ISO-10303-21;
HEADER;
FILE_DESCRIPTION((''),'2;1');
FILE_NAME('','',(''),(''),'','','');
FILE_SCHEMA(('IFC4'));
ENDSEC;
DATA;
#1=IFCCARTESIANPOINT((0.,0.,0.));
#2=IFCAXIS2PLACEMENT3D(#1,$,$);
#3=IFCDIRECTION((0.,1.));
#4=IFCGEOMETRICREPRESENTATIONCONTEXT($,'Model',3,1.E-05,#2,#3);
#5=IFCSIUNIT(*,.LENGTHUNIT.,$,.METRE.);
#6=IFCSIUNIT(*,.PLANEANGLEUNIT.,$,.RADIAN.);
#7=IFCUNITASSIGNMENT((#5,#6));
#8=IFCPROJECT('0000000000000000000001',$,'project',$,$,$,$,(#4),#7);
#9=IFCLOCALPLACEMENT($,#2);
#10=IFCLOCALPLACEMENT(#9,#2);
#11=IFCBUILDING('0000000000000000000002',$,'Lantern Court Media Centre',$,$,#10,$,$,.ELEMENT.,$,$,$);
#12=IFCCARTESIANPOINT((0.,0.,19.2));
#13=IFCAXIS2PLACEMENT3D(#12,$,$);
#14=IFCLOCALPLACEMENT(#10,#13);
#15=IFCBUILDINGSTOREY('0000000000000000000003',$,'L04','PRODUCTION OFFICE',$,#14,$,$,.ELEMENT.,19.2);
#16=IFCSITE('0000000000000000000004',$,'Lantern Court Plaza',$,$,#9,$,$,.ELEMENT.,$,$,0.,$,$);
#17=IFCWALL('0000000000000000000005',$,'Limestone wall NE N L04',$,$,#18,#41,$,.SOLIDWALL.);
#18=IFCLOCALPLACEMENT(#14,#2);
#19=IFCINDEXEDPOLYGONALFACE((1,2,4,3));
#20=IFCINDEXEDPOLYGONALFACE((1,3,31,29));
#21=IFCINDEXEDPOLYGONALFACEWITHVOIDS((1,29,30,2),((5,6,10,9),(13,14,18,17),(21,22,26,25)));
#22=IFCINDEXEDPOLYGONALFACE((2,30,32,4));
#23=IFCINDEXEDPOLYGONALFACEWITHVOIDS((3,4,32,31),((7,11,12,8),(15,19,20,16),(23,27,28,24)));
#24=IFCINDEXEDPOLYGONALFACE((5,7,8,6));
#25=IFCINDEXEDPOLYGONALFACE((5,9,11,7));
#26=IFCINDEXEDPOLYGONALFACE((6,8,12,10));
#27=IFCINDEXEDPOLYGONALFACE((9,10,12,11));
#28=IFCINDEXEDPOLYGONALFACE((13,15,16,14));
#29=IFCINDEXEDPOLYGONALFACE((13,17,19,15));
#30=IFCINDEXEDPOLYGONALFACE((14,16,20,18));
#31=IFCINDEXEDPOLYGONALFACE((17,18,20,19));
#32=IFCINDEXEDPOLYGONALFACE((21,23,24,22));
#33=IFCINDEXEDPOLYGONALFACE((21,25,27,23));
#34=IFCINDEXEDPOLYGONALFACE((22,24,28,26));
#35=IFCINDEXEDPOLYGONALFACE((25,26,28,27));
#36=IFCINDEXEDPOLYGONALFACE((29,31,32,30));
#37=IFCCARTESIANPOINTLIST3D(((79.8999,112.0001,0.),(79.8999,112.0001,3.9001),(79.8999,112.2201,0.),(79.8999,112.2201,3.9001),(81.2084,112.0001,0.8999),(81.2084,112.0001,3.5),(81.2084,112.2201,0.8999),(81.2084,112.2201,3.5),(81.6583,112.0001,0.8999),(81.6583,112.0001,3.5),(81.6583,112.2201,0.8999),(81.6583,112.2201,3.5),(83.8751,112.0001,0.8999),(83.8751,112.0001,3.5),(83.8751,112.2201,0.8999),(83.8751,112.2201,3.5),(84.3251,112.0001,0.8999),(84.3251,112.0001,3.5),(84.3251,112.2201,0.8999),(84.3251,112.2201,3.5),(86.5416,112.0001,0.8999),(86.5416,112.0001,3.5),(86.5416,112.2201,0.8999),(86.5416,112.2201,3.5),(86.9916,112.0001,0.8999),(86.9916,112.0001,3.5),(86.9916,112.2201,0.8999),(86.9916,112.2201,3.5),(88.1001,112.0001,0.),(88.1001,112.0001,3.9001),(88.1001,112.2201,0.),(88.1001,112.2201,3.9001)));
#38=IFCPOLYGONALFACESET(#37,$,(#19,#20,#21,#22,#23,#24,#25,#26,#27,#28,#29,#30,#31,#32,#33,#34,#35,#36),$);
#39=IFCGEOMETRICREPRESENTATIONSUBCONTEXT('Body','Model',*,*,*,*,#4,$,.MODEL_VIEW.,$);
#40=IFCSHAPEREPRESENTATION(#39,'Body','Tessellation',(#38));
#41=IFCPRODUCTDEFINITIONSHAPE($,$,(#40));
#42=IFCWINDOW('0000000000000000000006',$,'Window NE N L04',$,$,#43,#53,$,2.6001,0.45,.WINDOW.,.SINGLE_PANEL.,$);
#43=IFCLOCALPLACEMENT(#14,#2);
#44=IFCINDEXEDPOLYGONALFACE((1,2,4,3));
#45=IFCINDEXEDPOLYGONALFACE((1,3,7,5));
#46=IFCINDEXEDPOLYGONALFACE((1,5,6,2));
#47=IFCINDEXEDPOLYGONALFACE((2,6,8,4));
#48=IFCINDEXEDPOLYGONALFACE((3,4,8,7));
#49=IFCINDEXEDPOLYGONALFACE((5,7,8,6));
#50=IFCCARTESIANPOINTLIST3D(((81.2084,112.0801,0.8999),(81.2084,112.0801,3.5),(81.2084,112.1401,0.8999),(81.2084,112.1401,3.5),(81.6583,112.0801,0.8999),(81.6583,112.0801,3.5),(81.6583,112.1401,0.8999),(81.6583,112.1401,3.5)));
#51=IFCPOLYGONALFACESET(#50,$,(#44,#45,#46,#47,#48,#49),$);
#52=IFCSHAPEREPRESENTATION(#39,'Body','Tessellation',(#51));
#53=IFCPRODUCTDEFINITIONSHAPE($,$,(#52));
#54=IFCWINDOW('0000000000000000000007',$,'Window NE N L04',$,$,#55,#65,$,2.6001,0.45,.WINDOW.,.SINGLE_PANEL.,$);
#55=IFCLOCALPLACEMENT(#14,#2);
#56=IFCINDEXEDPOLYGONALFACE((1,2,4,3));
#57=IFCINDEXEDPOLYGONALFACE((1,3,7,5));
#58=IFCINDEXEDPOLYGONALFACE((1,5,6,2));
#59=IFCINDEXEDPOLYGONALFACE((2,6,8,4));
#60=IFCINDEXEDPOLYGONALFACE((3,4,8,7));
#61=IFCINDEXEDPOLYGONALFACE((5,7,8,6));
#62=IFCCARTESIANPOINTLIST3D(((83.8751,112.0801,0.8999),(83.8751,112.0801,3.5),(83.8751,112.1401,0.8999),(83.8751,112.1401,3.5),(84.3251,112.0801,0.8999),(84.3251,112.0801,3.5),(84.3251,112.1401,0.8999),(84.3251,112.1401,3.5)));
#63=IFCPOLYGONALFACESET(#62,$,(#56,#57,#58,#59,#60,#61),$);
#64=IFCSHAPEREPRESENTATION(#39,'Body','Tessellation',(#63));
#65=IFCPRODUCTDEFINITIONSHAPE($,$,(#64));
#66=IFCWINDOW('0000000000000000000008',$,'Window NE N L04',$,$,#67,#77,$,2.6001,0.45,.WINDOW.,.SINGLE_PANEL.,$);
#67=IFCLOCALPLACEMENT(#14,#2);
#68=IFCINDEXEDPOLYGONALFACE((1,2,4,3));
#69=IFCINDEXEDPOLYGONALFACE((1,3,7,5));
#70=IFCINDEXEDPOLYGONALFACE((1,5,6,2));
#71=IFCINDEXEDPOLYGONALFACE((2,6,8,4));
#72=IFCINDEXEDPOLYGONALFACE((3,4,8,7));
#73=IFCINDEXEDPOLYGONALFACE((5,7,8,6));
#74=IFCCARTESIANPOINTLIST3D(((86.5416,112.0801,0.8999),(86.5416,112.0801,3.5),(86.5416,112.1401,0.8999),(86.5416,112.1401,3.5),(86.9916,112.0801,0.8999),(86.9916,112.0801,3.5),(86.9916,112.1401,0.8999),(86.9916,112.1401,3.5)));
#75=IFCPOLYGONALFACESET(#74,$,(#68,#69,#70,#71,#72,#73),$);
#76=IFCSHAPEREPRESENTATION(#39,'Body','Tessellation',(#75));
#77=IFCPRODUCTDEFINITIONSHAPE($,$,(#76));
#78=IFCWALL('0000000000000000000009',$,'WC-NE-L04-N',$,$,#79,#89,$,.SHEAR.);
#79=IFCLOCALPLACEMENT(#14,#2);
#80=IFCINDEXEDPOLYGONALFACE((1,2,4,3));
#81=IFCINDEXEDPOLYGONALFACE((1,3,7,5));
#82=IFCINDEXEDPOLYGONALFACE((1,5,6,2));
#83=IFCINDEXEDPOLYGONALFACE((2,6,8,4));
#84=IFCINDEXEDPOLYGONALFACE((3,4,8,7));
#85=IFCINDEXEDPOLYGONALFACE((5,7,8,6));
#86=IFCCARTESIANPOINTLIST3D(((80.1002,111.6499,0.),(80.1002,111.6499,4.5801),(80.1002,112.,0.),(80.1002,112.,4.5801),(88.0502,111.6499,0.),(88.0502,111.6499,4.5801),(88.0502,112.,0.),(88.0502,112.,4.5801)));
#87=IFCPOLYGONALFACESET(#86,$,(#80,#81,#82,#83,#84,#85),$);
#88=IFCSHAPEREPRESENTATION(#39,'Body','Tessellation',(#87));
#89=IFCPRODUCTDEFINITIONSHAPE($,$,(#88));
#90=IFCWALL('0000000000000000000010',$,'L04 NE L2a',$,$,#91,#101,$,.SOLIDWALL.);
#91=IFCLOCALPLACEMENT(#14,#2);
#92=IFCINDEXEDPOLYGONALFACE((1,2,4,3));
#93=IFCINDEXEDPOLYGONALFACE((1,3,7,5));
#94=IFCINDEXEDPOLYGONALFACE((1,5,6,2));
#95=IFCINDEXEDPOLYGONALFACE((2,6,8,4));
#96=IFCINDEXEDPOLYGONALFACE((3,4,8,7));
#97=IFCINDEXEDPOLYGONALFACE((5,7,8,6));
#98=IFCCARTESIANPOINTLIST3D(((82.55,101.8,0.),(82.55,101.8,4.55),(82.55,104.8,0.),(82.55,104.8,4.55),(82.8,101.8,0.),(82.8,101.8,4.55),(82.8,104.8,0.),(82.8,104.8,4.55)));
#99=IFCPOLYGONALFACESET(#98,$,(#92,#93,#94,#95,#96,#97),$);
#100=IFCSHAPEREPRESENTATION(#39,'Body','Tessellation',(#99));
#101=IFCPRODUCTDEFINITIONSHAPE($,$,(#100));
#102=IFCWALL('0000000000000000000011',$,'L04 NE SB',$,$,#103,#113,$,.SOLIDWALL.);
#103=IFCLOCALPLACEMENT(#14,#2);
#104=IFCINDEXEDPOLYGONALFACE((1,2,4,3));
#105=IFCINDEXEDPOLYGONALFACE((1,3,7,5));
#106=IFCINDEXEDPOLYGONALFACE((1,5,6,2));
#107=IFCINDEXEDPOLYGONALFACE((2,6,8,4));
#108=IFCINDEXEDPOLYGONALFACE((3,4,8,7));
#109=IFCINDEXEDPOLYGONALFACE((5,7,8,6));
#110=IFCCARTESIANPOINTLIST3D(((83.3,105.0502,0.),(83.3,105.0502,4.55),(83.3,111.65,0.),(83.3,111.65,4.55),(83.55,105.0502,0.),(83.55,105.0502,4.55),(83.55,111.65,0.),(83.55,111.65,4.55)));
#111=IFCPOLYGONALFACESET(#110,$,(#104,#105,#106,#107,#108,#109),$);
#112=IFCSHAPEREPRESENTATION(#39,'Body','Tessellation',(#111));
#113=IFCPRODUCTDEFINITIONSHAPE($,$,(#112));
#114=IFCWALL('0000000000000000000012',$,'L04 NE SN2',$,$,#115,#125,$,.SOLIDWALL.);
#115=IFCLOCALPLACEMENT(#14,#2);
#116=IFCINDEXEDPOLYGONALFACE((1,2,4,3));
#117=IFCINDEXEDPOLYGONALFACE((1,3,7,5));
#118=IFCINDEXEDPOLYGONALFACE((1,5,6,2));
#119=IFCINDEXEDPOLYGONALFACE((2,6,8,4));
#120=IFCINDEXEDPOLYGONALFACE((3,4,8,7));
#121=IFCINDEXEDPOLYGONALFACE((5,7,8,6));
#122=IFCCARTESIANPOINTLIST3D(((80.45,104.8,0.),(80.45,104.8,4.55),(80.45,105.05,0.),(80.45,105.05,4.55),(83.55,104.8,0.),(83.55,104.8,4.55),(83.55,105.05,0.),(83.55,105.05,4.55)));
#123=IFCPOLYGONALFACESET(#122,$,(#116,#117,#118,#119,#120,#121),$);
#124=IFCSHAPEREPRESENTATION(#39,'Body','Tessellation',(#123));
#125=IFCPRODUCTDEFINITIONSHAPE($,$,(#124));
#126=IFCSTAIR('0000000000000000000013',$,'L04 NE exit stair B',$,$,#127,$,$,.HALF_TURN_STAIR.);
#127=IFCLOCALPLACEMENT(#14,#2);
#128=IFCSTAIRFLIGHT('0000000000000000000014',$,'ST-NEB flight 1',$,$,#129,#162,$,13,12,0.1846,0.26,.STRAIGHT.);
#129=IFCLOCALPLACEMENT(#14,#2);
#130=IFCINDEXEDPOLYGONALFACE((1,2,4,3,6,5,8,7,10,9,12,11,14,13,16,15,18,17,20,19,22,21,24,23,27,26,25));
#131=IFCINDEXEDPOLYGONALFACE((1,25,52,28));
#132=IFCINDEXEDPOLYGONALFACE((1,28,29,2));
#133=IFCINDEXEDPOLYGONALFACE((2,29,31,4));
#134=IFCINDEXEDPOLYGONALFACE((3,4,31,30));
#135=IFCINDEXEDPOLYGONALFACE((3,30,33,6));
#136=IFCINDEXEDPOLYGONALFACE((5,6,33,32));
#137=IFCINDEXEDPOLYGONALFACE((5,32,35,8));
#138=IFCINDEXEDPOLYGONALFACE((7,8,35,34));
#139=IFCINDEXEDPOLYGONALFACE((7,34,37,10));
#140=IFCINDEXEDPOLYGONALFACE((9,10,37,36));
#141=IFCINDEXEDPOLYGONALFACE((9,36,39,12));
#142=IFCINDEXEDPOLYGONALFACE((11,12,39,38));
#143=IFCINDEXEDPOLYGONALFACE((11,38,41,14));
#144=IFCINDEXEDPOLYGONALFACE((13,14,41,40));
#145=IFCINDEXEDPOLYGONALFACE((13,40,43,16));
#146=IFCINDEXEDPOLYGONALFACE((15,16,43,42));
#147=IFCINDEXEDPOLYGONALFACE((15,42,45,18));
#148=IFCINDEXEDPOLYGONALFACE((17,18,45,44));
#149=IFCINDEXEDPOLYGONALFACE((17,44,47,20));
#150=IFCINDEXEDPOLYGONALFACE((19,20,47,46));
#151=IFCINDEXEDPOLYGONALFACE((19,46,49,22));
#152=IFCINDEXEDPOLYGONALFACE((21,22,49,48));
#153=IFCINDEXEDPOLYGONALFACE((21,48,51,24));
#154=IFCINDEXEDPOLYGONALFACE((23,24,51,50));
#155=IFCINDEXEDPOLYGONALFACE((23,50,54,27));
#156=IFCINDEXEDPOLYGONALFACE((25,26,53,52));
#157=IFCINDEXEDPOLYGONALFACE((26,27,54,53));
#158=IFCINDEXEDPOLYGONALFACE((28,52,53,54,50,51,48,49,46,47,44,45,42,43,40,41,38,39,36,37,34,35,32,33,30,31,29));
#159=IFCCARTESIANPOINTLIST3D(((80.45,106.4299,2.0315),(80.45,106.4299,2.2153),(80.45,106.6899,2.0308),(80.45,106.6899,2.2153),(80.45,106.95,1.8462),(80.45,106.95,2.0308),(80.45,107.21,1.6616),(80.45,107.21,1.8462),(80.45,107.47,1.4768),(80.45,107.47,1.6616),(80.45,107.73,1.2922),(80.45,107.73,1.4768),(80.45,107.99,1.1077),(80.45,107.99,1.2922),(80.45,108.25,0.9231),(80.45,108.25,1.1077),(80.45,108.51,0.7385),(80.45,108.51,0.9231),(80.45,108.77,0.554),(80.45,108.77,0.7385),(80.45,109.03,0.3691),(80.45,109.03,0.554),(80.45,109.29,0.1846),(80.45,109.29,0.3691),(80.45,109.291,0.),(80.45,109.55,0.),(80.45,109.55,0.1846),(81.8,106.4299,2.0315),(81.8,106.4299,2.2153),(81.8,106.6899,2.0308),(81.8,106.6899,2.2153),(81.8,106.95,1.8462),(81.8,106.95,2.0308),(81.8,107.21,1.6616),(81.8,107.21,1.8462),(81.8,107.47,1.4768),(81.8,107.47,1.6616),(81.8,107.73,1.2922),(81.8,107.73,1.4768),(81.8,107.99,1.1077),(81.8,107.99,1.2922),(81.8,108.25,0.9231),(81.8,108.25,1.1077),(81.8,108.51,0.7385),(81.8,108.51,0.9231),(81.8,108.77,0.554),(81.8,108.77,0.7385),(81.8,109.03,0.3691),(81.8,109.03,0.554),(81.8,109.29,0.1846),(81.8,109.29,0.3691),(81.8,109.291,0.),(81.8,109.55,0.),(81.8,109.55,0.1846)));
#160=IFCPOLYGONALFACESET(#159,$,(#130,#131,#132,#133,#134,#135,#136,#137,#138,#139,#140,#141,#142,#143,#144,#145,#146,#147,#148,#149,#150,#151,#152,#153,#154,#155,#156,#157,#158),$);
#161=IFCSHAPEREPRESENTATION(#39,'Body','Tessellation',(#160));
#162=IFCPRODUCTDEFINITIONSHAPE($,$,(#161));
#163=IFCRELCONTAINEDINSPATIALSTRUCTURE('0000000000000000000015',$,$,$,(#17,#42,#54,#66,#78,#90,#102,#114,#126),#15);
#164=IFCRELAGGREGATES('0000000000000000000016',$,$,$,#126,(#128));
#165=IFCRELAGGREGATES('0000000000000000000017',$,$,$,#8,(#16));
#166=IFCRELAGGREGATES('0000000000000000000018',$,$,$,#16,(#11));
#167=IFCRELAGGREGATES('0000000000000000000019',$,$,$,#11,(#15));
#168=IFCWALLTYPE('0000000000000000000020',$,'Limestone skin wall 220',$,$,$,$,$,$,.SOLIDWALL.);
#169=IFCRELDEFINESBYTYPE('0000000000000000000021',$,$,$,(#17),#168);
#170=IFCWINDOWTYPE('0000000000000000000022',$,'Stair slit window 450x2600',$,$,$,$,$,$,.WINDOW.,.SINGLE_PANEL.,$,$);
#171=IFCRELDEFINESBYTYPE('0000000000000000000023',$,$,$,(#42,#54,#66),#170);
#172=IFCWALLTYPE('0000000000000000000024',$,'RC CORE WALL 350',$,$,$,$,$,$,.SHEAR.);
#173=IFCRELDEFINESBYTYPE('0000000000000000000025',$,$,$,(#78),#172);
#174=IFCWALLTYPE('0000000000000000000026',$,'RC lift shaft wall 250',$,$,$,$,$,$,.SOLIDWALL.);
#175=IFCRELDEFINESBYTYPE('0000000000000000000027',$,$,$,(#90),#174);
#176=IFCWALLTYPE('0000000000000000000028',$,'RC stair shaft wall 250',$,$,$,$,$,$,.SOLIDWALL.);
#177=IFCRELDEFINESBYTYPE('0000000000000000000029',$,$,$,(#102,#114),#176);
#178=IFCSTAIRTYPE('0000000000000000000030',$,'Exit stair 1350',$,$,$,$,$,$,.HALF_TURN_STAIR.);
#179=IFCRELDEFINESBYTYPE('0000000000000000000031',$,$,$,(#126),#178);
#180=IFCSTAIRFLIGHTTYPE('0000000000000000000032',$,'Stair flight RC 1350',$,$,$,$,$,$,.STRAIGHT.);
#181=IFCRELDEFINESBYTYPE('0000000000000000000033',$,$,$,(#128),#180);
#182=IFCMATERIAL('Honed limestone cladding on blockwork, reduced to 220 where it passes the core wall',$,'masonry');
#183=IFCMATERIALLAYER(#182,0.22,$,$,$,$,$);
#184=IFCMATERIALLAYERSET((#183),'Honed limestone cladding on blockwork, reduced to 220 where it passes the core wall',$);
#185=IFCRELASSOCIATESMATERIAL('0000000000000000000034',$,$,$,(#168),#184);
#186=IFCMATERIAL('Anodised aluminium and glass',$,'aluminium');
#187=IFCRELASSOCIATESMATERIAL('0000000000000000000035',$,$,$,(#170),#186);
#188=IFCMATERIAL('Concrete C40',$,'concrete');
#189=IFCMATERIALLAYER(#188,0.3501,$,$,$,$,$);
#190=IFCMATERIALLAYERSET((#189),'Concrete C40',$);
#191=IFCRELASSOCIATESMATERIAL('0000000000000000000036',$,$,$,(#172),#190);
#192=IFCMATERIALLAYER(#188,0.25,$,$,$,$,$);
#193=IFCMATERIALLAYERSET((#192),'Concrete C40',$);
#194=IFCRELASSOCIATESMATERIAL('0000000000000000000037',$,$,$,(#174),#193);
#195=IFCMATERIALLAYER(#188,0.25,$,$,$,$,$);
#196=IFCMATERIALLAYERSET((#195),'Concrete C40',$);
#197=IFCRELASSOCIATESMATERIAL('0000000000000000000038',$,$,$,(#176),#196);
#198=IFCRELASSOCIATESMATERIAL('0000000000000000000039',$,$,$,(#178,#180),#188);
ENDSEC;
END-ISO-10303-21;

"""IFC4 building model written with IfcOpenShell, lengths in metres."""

from ifc_helpers import new_model, si_unit, direction, frame, frame_2d, origin, place, context, subcontext, project, spatial, polyline, rectangle, outline, extrude, material, layer, layer_set, type_object, element, fill, aggregate, save


model = new_model("IFC4")

# Units and contexts
model_context = context("Model", 3, precision=1e-05, world=origin(), true_north=direction((0.0, 1.0)))
body_context = subcontext(model_context, "Body", "Model", "MODEL_VIEW")
ifc_project = project(units=[si_unit("LENGTHUNIT", "METRE"), si_unit("PLANEANGLEUNIT", "RADIAN")], contexts=[model_context])

# Site, building, storey
site_placement = place(None, origin())
site = spatial("IfcSite", under=ifc_project, at=site_placement, Name="Lantern Court Plaza", CompositionType="ELEMENT", RefElevation=0.0)
building_placement = place(site_placement, origin())
building = spatial("IfcBuilding", under=site, at=building_placement, Name="Lantern Court Media Centre", CompositionType="ELEMENT")
storey_placement = place(building_placement, frame((0.0, 0.0, 19.2)))
storey = spatial("IfcBuildingStorey", under=building, at=storey_placement, Name="L04", Description="PRODUCTION OFFICE", CompositionType="ELEMENT", Elevation=19.2)

# Wall, openings, windows
ifc_material_1 = material(Name="Honed limestone cladding on blockwork, reduced to 220 where it passes the core wall", Category="masonry")
ifc_layer_1 = layer(ifc_material_1, 0.22)
ifc_layer_set_1 = layer_set([ifc_layer_1], Name="Honed limestone cladding on blockwork, reduced to 220 where it passes the core wall")
wall_type_1 = type_object("IfcWallType", Name="Limestone skin wall 220", PredefinedType="SOLIDWALL", material=ifc_layer_set_1)
wall_1_placement = place(storey_placement, frame((79.8999, 112.1101, 0.0), z_axis=(0.0, 0.0, 1.0), x_axis=(1.0, 0.0, 0.0)))
wall_1 = element("IfcWall", 1, at=wall_1_placement, inside=storey, type_object=wall_type_1, Name="Limestone wall NE N L04", PredefinedType="SOLIDWALL", context=body_context, shape_type="SweptSolid", body=[
    extrude(rectangle(XDim=8.2002, YDim=0.22, at=frame_2d((4.1001, 0.0))), origin(), (0.0, 0.0, 1.0), 3.9001),
])
opening_1_placement = place(wall_1_placement, frame((1.3083, 0.0, 0.8999)))
opening_1 = element("IfcOpeningElement", 2, at=opening_1_placement, cuts=wall_1, PredefinedType="OPENING", context=body_context, shape_type="SweptSolid", body=[
    extrude(rectangle(XDim=0.45, YDim=2.6001, at=frame_2d((0.2251, 1.3))), frame((0.0, 0.1199, 0.0), z_axis=(0.0, -1.0, 0.0), x_axis=(1.0, 0.0, 0.0)), (0.0, 0.0, 1.0), 0.24),
])
opening_2_placement = place(wall_1_placement, frame((3.9751, 0.0, 0.8999)))
opening_2 = element("IfcOpeningElement", 3, at=opening_2_placement, cuts=wall_1, PredefinedType="OPENING", context=body_context, shape_type="SweptSolid", body=[
    extrude(rectangle(XDim=0.45, YDim=2.6001, at=frame_2d((0.2251, 1.3))), frame((0.0, 0.1199, 0.0), z_axis=(0.0, -1.0, 0.0), x_axis=(1.0, 0.0, 0.0)), (0.0, 0.0, 1.0), 0.24),
])
opening_3_placement = place(wall_1_placement, frame((6.6416, 0.0, 0.8999)))
opening_3 = element("IfcOpeningElement", 4, at=opening_3_placement, cuts=wall_1, PredefinedType="OPENING", context=body_context, shape_type="SweptSolid", body=[
    extrude(rectangle(XDim=0.45, YDim=2.6001, at=frame_2d((0.2251, 1.3))), frame((0.0, 0.1199, 0.0), z_axis=(0.0, -1.0, 0.0), x_axis=(1.0, 0.0, 0.0)), (0.0, 0.0, 1.0), 0.24),
])
ifc_material_2 = material(Name="Anodised aluminium and glass", Category="aluminium")
window_type = type_object("IfcWindowType", Name="Stair slit window 450x2600", PartitioningType="SINGLE_PANEL", PredefinedType="WINDOW", material=ifc_material_2)
window_1_placement = place(opening_1_placement, origin())
window_1 = element("IfcWindow", 5, at=window_1_placement, inside=storey, type_object=window_type, Name="Window NE N L04", OverallHeight=2.6001, OverallWidth=0.45, PartitioningType="SINGLE_PANEL", PredefinedType="WINDOW", context=body_context, shape_type="SweptSolid", body=[
    extrude(rectangle(XDim=0.45, YDim=2.6001, at=frame_2d((0.2251, 1.3))), frame((0.0, 0.03, 0.0), z_axis=(0.0, -1.0, 0.0), x_axis=(1.0, 0.0, 0.0)), (0.0, 0.0, 1.0), 0.0601),
])
fill(opening_1, window_1)
window_2_placement = place(opening_2_placement, origin())
window_2 = element("IfcWindow", 6, at=window_2_placement, inside=storey, type_object=window_type, Name="Window NE N L04", OverallHeight=2.6001, OverallWidth=0.45, PartitioningType="SINGLE_PANEL", PredefinedType="WINDOW", context=body_context, shape_type="SweptSolid", body=[
    extrude(rectangle(XDim=0.45, YDim=2.6001, at=frame_2d((0.2251, 1.3))), frame((0.0, 0.03, 0.0), z_axis=(0.0, -1.0, 0.0), x_axis=(1.0, 0.0, 0.0)), (0.0, 0.0, 1.0), 0.0601),
])
fill(opening_2, window_2)
window_3_placement = place(opening_3_placement, origin())
window_3 = element("IfcWindow", 7, at=window_3_placement, inside=storey, type_object=window_type, Name="Window NE N L04", OverallHeight=2.6001, OverallWidth=0.45, PartitioningType="SINGLE_PANEL", PredefinedType="WINDOW", context=body_context, shape_type="SweptSolid", body=[
    extrude(rectangle(XDim=0.45, YDim=2.6001, at=frame_2d((0.2251, 1.3))), frame((0.0, 0.03, 0.0), z_axis=(0.0, -1.0, 0.0), x_axis=(1.0, 0.0, 0.0)), (0.0, 0.0, 1.0), 0.0601),
])
fill(opening_3, window_3)

# Walls
ifc_material_3 = material(Name="Concrete C40", Category="concrete")
ifc_layer_2 = layer(ifc_material_3, 0.3501)
ifc_layer_set_2 = layer_set([ifc_layer_2], Name="Concrete C40")
wall_type_2 = type_object("IfcWallType", Name="RC CORE WALL 350", PredefinedType="SHEAR", material=ifc_layer_set_2)
wall_2_placement = place(storey_placement, frame((80.1001, 111.825, 0.0), z_axis=(0.0, 0.0, 1.0), x_axis=(1.0, 0.0, 0.0)))
element("IfcWall", 8, at=wall_2_placement, inside=storey, type_object=wall_type_2, Name="WC-NE-L04-N", PredefinedType="SHEAR", context=body_context, shape_type="SweptSolid", body=[
    extrude(rectangle(XDim=7.95, YDim=0.3501, at=frame_2d((3.9751, 0.0))), origin(), (0.0, 0.0, 1.0), 4.5801),
])
ifc_layer_3 = layer(ifc_material_3, 0.25)
ifc_layer_set_3 = layer_set([ifc_layer_3], Name="Concrete C40")
wall_type_3 = type_object("IfcWallType", Name="RC lift shaft wall 250", PredefinedType="SOLIDWALL", material=ifc_layer_set_3)
wall_3_placement = place(storey_placement, frame((82.675, 104.8, 0.0), z_axis=(0.0, 0.0, 1.0), x_axis=(0.0, -1.0, 0.0)))
element("IfcWall", 9, at=wall_3_placement, inside=storey, type_object=wall_type_3, Name="L04 NE L2a", PredefinedType="SOLIDWALL", context=body_context, shape_type="SweptSolid", body=[
    extrude(rectangle(XDim=3.0, YDim=0.25, at=frame_2d((1.5, 0.0))), origin(), (0.0, 0.0, 1.0), 4.55),
])
ifc_layer_4 = layer(ifc_material_3, 0.25)
ifc_layer_set_4 = layer_set([ifc_layer_4], Name="Concrete C40")
wall_type_4 = type_object("IfcWallType", Name="RC stair shaft wall 250", PredefinedType="SOLIDWALL", material=ifc_layer_set_4)
wall_4_placement = place(storey_placement, frame((83.425, 111.6499, 0.0), z_axis=(0.0, 0.0, 1.0), x_axis=(0.0, -1.0, 0.0)))
element("IfcWall", 10, at=wall_4_placement, inside=storey, type_object=wall_type_4, Name="L04 NE SB", PredefinedType="SOLIDWALL", context=body_context, shape_type="SweptSolid", body=[
    extrude(rectangle(XDim=6.5999, YDim=0.25, at=frame_2d((3.2998, 0.0))), origin(), (0.0, 0.0, 1.0), 4.55),
])
wall_5_placement = place(storey_placement, frame((83.55, 104.925, 0.0), z_axis=(0.0, 0.0, 1.0), x_axis=(-1.0, 0.0, 0.0)))
element("IfcWall", 11, at=wall_5_placement, inside=storey, type_object=wall_type_4, Name="L04 NE SN2", PredefinedType="SOLIDWALL", context=body_context, shape_type="SweptSolid", body=[
    extrude(rectangle(XDim=3.1001, YDim=0.25, at=frame_2d((1.55, 0.0))), origin(), (0.0, 0.0, 1.0), 4.55),
])

# Stair, stair flight
stair_type = type_object("IfcStairType", Name="Exit stair 1350", PredefinedType="HALF_TURN_STAIR", material=ifc_material_3)
stair_placement = place(storey_placement, origin())
stair = element("IfcStair", 12, at=stair_placement, inside=storey, type_object=stair_type, Name="L04 NE exit stair B", PredefinedType="HALF_TURN_STAIR")
stair_flight_type = type_object("IfcStairFlightType", Name="Stair flight RC 1350", PredefinedType="STRAIGHT", material=ifc_material_3)
stair_flight_1_placement = place(storey_placement, frame((81.125, 109.55, 0.0), z_axis=(0.0, 0.0, 1.0), x_axis=(0.0, -1.0, 0.0)))
stair_flight_1 = element("IfcStairFlight", 13, at=stair_flight_1_placement, type_object=stair_flight_type, Name="ST-NEB flight 1", NumberOfRisers=13, NumberOfTreads=12, PredefinedType="STRAIGHT", RiserHeight=0.1846, TreadLength=0.26, context=body_context, shape_type="SweptSolid", body=[
    extrude(outline(polyline([(0.0, 0.0), (0.0, 0.1846), (0.26, 0.1846), (0.26, 0.3691), (0.52, 0.3691), (0.52, 0.554), (0.78, 0.554), (0.78, 0.7385), (1.04, 0.7385), (1.04, 0.9231), (1.3, 0.9231), (1.3, 1.1077), (1.5601, 1.1077), (1.5601, 1.2922), (1.8201, 1.2922), (1.8201, 1.4768), (2.0801, 1.4768), (2.0801, 1.6616), (2.3401, 1.6616), (2.3401, 1.8462), (2.6001, 1.8462), (2.6001, 2.0308), (2.8601, 2.0308), (2.8601, 2.2153), (3.1201, 2.2153), (3.1201, 2.3999), (3.1201, 2.0315), (0.259, 0.0), (0.0, 0.0)])), frame((0.0, 0.675, 0.0), z_axis=(0.0, -1.0, 0.0), x_axis=(1.0, 0.0, 0.0)), (0.0, 0.0, 1.0), 1.3501),
])
aggregate(stair, [stair_flight_1])

save(model, "model.ifc")
